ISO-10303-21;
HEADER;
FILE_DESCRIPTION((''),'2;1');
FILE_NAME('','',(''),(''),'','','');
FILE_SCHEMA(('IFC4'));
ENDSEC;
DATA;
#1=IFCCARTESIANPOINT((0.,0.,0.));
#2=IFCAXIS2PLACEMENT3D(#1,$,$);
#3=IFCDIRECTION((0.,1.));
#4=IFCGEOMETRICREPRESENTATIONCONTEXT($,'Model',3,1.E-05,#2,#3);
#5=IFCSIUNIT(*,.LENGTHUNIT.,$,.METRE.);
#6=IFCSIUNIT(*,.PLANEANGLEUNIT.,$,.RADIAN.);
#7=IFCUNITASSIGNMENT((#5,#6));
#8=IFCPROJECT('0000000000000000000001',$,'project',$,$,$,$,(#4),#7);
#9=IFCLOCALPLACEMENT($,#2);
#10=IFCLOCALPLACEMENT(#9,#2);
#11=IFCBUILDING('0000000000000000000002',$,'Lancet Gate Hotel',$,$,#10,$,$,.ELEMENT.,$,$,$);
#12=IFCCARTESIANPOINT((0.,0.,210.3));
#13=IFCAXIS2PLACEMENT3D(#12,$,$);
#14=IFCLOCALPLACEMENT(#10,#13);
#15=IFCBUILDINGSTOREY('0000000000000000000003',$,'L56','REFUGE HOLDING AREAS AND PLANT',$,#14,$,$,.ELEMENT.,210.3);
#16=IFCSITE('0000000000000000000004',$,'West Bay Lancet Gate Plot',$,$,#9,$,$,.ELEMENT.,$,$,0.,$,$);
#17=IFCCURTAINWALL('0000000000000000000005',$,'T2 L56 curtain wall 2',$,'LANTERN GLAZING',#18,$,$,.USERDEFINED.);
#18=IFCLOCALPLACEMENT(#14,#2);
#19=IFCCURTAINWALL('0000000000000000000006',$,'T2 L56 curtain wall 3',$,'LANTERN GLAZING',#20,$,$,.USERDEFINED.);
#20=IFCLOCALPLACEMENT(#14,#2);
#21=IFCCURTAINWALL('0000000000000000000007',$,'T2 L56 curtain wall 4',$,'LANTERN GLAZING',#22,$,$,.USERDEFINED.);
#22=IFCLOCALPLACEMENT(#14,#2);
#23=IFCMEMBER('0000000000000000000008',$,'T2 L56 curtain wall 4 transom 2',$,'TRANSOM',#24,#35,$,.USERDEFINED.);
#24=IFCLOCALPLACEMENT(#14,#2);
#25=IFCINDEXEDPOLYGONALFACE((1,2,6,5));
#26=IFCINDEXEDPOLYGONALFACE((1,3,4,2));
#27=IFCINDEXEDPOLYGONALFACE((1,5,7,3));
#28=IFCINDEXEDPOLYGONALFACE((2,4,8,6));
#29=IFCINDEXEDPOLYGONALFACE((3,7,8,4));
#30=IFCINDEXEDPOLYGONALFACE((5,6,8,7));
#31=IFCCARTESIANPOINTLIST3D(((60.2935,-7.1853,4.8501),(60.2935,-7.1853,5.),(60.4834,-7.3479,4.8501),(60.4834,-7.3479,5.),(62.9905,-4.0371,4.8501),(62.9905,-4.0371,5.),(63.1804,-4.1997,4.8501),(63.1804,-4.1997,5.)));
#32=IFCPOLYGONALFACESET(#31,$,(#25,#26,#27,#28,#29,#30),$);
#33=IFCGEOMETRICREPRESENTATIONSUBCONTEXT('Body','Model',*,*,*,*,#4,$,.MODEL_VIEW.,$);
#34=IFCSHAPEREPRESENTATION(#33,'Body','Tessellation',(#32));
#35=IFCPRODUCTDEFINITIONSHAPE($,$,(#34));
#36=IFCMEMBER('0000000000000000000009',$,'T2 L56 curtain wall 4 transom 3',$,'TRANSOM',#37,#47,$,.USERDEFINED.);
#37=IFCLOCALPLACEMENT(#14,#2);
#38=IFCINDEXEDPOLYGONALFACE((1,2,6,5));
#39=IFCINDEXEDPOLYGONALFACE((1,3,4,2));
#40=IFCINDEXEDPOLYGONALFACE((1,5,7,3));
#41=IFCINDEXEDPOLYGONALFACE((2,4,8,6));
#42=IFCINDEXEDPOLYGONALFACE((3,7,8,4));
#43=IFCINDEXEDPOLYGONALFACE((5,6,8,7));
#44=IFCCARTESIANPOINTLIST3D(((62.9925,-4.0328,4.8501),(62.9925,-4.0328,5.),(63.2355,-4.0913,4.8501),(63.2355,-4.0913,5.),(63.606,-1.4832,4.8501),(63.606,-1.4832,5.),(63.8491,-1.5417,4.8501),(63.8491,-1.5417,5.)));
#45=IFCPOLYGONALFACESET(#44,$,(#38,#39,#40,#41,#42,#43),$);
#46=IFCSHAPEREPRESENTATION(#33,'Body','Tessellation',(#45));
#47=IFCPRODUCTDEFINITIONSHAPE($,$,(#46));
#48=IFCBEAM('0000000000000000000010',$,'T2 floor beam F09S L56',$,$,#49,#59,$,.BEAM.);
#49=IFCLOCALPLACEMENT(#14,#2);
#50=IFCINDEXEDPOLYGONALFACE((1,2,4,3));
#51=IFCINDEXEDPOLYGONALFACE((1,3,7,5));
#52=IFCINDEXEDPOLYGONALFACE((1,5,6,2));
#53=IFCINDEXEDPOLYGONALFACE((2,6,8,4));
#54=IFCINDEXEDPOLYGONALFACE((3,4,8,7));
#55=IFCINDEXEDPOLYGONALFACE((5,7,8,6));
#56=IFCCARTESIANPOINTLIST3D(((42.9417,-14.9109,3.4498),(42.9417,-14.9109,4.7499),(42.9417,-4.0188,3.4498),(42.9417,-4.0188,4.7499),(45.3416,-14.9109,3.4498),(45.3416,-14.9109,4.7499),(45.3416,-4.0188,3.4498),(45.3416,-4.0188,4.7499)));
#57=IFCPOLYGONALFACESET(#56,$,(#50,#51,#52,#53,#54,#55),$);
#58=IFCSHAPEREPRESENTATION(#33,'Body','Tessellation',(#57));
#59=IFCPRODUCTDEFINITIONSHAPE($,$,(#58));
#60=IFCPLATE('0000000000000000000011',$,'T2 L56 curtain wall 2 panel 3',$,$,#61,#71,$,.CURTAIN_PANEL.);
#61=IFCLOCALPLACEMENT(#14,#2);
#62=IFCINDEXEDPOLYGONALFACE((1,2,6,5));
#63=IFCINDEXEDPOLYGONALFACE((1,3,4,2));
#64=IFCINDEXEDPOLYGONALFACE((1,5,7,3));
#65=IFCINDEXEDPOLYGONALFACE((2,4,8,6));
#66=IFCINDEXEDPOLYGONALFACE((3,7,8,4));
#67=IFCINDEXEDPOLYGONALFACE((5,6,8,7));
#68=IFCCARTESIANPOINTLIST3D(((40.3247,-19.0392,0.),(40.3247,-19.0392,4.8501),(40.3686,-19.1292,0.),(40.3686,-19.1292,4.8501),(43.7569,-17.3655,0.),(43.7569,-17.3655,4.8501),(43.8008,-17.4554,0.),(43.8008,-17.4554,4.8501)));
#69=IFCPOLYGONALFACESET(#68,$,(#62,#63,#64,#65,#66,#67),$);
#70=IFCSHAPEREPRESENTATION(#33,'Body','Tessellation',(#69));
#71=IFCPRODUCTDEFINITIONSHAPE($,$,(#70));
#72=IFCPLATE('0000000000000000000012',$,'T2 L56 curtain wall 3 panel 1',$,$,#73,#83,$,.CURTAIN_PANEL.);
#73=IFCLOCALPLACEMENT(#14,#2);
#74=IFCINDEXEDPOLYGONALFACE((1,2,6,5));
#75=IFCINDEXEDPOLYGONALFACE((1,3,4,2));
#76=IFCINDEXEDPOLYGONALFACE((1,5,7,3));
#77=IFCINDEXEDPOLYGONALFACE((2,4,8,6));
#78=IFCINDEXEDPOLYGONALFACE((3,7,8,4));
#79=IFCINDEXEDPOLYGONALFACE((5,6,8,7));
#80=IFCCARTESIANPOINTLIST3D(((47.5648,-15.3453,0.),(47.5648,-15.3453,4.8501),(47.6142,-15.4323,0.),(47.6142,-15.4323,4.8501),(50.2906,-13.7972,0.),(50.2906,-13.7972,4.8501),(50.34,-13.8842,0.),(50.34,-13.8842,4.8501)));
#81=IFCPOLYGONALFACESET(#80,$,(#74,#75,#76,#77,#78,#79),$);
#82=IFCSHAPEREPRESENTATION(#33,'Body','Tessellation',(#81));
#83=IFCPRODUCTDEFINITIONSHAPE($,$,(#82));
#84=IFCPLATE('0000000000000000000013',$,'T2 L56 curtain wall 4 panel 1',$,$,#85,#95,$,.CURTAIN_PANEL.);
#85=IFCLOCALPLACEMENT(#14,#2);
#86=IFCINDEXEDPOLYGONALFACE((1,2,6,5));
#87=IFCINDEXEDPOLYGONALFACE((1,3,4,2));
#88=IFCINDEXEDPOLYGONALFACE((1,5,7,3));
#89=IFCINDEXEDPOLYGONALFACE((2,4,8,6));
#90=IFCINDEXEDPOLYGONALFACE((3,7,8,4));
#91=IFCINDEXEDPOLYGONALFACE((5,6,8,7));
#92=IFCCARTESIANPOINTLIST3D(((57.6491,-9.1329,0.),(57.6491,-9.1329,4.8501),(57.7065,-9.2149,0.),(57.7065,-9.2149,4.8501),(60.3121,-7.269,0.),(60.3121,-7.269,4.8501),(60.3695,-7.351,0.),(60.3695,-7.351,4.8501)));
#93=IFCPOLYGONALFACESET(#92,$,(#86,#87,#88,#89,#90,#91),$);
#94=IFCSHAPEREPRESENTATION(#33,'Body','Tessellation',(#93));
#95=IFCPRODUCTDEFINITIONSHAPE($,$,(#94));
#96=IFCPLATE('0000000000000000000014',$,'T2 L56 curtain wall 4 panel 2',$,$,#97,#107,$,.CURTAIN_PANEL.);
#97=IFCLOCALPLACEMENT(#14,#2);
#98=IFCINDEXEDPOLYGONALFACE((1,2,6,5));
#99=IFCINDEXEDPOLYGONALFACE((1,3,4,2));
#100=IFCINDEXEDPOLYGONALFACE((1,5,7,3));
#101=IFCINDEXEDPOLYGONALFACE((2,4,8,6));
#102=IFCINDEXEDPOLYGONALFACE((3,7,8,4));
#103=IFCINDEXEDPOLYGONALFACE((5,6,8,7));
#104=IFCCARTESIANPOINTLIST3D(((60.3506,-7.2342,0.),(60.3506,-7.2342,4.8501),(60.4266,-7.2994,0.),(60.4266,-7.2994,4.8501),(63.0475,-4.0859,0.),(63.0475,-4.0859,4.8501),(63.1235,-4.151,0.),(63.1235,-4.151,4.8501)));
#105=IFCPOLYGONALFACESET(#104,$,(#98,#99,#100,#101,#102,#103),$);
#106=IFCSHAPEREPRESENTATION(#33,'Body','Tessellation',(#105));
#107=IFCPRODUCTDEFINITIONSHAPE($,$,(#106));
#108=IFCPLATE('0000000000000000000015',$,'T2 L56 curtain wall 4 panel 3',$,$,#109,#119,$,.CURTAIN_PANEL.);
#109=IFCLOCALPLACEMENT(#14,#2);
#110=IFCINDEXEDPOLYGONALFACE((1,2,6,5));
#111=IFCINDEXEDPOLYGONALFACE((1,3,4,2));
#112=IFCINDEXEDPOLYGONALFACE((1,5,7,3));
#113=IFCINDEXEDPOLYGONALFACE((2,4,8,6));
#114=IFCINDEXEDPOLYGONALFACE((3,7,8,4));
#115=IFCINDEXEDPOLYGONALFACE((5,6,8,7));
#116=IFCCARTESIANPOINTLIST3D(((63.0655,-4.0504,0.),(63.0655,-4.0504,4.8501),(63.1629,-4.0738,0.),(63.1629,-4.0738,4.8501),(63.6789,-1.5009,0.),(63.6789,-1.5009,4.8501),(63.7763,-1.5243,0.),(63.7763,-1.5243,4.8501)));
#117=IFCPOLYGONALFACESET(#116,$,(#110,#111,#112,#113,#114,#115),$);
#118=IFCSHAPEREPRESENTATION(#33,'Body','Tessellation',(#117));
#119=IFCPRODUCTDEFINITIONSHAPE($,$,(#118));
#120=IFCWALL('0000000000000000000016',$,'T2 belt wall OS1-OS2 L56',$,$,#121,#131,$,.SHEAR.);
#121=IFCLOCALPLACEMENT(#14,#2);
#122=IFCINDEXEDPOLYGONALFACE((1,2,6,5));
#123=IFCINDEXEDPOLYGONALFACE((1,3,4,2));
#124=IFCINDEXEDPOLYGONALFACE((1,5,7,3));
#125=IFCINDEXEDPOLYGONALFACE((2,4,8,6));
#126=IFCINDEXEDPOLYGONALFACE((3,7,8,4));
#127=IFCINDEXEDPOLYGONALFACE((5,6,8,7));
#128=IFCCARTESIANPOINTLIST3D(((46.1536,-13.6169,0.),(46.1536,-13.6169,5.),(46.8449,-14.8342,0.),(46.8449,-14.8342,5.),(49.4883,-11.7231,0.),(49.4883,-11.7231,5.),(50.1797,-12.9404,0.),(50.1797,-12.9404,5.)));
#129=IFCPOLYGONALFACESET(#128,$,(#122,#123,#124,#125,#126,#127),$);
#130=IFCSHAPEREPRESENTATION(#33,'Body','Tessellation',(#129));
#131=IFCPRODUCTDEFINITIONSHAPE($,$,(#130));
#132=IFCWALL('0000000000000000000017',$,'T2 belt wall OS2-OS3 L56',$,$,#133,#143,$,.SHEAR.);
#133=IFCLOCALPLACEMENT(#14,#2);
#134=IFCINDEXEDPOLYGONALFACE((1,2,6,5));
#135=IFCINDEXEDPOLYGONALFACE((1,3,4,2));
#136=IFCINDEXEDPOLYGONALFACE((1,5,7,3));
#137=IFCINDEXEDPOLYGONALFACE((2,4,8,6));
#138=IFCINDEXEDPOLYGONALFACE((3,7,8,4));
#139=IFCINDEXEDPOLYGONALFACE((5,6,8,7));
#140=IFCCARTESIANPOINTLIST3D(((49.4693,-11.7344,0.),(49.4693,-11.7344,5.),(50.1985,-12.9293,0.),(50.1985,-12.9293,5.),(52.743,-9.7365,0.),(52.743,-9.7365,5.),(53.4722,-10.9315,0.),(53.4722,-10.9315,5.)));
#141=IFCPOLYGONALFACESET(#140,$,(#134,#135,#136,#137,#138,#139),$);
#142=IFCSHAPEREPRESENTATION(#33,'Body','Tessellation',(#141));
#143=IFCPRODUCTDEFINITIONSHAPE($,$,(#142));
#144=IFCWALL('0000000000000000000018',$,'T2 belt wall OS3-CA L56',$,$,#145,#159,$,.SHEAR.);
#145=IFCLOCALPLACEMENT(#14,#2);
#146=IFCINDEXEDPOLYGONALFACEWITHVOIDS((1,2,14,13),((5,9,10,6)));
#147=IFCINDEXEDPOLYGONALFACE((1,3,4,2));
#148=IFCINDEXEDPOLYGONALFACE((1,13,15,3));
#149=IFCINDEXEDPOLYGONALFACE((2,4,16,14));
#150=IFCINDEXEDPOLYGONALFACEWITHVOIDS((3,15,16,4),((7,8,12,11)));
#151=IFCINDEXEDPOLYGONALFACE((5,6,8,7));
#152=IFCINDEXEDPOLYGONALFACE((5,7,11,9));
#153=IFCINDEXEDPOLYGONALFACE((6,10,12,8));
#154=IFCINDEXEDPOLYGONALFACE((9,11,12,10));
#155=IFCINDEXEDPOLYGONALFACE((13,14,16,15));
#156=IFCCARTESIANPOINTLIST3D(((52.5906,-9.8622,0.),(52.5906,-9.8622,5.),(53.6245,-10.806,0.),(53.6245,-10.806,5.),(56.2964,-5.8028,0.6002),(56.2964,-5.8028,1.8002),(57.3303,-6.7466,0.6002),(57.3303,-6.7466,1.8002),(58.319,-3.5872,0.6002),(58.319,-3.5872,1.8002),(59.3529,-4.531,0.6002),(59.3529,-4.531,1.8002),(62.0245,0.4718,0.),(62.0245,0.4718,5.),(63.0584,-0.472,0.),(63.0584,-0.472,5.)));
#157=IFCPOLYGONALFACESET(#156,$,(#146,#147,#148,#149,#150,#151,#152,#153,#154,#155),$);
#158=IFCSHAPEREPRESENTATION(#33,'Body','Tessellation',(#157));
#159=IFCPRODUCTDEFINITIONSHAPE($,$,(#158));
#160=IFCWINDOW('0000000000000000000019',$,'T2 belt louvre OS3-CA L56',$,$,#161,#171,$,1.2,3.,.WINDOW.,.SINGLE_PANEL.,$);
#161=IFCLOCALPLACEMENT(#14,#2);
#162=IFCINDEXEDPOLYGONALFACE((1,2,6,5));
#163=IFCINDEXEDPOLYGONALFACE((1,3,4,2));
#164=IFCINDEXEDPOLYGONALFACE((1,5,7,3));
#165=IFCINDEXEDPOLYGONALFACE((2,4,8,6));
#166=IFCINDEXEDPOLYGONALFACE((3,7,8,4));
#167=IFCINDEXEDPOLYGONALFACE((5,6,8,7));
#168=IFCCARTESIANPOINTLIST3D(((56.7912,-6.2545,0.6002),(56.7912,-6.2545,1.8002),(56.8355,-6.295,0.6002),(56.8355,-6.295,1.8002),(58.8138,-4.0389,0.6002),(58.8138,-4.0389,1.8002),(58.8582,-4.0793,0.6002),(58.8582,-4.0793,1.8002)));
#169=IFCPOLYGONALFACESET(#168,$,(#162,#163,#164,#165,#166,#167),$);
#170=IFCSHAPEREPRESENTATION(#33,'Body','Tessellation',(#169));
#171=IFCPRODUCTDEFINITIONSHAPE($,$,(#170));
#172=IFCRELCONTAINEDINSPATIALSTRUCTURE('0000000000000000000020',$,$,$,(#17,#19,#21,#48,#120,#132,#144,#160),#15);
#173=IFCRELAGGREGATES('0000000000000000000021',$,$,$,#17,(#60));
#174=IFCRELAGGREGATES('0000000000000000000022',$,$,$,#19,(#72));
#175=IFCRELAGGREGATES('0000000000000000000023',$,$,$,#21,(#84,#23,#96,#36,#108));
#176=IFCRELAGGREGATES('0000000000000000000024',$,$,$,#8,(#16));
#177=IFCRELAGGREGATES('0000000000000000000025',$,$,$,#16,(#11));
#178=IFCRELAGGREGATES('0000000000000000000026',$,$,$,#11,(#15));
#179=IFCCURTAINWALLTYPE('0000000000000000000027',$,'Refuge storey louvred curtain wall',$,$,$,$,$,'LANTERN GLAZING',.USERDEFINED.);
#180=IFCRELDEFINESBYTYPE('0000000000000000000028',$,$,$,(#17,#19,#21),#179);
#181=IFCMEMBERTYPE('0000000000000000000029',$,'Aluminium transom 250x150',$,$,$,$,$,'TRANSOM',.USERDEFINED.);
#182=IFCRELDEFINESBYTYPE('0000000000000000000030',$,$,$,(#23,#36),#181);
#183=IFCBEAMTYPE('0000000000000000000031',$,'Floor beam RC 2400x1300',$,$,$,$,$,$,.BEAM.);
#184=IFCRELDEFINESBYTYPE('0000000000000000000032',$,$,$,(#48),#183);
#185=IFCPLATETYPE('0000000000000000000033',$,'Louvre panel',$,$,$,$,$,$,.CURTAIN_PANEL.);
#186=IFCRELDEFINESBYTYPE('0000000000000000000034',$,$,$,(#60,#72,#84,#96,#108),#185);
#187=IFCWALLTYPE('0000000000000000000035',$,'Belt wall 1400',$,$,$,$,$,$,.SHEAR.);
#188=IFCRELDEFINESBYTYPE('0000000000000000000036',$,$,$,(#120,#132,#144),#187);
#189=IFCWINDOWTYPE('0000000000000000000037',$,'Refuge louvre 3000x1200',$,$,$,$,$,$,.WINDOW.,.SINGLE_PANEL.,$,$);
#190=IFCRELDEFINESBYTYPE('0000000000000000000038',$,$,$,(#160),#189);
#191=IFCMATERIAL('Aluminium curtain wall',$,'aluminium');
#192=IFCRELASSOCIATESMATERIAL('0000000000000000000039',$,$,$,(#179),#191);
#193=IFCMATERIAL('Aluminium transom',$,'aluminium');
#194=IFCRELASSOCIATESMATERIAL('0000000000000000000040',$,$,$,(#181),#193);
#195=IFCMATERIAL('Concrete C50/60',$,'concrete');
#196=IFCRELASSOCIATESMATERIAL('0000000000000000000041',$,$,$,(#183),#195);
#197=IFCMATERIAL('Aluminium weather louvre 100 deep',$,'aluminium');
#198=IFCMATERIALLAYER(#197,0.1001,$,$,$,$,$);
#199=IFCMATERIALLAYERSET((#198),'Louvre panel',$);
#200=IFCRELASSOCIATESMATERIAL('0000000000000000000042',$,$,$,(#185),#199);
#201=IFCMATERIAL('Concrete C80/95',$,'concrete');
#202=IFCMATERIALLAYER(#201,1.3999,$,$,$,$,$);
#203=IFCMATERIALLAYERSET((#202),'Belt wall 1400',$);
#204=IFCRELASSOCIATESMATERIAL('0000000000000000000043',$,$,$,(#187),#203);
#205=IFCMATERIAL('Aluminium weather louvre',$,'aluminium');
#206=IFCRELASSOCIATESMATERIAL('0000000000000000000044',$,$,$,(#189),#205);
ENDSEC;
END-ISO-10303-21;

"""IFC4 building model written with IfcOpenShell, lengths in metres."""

from ifc_helpers import new_model, si_unit, direction, frame, frame_2d, origin, origin_2d, place, context, subcontext, project, spatial, rectangle, extrude, material, layer, layer_set, material_profile, profile_set, type_object, element, fill, aggregate, save


model = new_model("IFC4")

# Units and contexts
model_context = context("Model", 3, precision=1e-05, world=origin(), true_north=direction((0.0, 1.0)))
body_context = subcontext(model_context, "Body", "Model", "MODEL_VIEW")
ifc_project = project(units=[si_unit("LENGTHUNIT", "METRE"), si_unit("PLANEANGLEUNIT", "RADIAN")], contexts=[model_context])

# Site, building, storey
site_placement = place(None, origin())
site = spatial("IfcSite", under=ifc_project, at=site_placement, Name="West Bay Lancet Gate Plot", CompositionType="ELEMENT", RefElevation=0.0)
building_placement = place(site_placement, origin())
building = spatial("IfcBuilding", under=site, at=building_placement, Name="Lancet Gate Hotel", CompositionType="ELEMENT")
storey_placement = place(building_placement, frame((0.0, 0.0, 210.3)))
storey = spatial("IfcBuildingStorey", under=building, at=storey_placement, Name="L56", Description="REFUGE HOLDING AREAS AND PLANT", CompositionType="ELEMENT", Elevation=210.3)

# Curtain wall
ifc_material_1 = material(Name="Aluminium curtain wall", Category="aluminium")
curtain_wall_type = type_object("IfcCurtainWallType", Name="Refuge storey louvred curtain wall", ElementType="LANTERN GLAZING", PredefinedType="USERDEFINED", material=ifc_material_1)
curtain_wall_1_placement = place(storey_placement, origin())
curtain_wall_1 = element("IfcCurtainWall", 1, at=curtain_wall_1_placement, inside=storey, type_object=curtain_wall_type, Name="T2 L56 curtain wall 2", ObjectType="LANTERN GLAZING", PredefinedType="USERDEFINED")

# Curtain walls
curtain_wall_2_placement = place(storey_placement, origin())
curtain_wall_2 = element("IfcCurtainWall", 2, at=curtain_wall_2_placement, inside=storey, type_object=curtain_wall_type, Name="T2 L56 curtain wall 3", ObjectType="LANTERN GLAZING", PredefinedType="USERDEFINED")
curtain_wall_3_placement = place(storey_placement, origin())
curtain_wall_3 = element("IfcCurtainWall", 3, at=curtain_wall_3_placement, inside=storey, type_object=curtain_wall_type, Name="T2 L56 curtain wall 4", ObjectType="LANTERN GLAZING", PredefinedType="USERDEFINED")

# Members
ifc_material_2 = material(Name="Aluminium transom", Category="aluminium")
ifc_material_profile_1 = material_profile(ifc_material_2, rectangle(XDim=0.25, YDim=0.1499, at=origin_2d()), Name="TRANSOM 250x150")
ifc_profile_set_1 = profile_set([ifc_material_profile_1], Name="Aluminium transom")
member_type_1 = type_object("IfcMemberType", Name="Aluminium transom 250x150", ElementType="TRANSOM", PredefinedType="USERDEFINED", material=ifc_profile_set_1)
member_1_placement = place(storey_placement, frame((60.3884, -7.2666, 4.925), z_axis=(0.650593, 0.759427, 0.0), x_axis=(-0.759427, 0.650593, 0.0)))
member_1 = element("IfcMember", 4, at=member_1_placement, type_object=member_type_1, Name="T2 L56 curtain wall 4 transom 2", ObjectType="TRANSOM", PredefinedType="USERDEFINED", context=body_context, shape_type="SweptSolid", body=[
    extrude(rectangle(XDim=0.25, YDim=0.1499, at=origin_2d()), origin(), (0.0, 0.0, 1.0), 4.1455),
])
member_2_placement = place(storey_placement, frame((63.114, -4.062, 4.925), z_axis=(0.233961, 0.972246, 0.0), x_axis=(-0.972246, 0.233961, 0.0)))
member_2 = element("IfcMember", 5, at=member_2_placement, type_object=member_type_1, Name="T2 L56 curtain wall 4 transom 3", ObjectType="TRANSOM", PredefinedType="USERDEFINED", context=body_context, shape_type="SweptSolid", body=[
    extrude(rectangle(XDim=0.25, YDim=0.1499, at=origin_2d()), origin(), (0.0, 0.0, 1.0), 2.6223),
])

# Beam
ifc_material_3 = material(Name="Concrete C50/60", Category="concrete")
ifc_material_profile_2 = material_profile(ifc_material_3, rectangle(XDim=2.3999, YDim=1.3, at=origin_2d()), Name="RC 2400x1300")
ifc_profile_set_2 = profile_set([ifc_material_profile_2], Name="Concrete C50/60")
beam_type = type_object("IfcBeamType", Name="Floor beam RC 2400x1300", PredefinedType="BEAM", material=ifc_profile_set_2)
beam_placement = place(storey_placement, frame((44.1416, -14.9109, 4.0999), z_axis=(0.0, 1.0, 0.0), x_axis=(-1.0, 0.0, 0.0)))
element("IfcBeam", 6, at=beam_placement, inside=storey, type_object=beam_type, Name="T2 floor beam F09S L56", PredefinedType="BEAM", context=body_context, shape_type="SweptSolid", body=[
    extrude(rectangle(XDim=2.3999, YDim=1.3, at=origin_2d()), origin(), (0.0, 0.0, 1.0), 10.8921),
])

# Plates
ifc_material_4 = material(Name="Aluminium weather louvre 100 deep", Category="aluminium")
ifc_layer_1 = layer(ifc_material_4, 0.1001)
ifc_layer_set_1 = layer_set([ifc_layer_1], Name="Louvre panel")
plate_type = type_object("IfcPlateType", Name="Louvre panel", PredefinedType="CURTAIN_PANEL", material=ifc_layer_set_1)
plate_1_placement = place(storey_placement, frame((42.0627, -18.2473, 0.0), z_axis=(0.0, 0.0, 1.0), x_axis=(0.898823, 0.438311, 0.0)))
plate_1 = element("IfcPlate", 7, at=plate_1_placement, type_object=plate_type, Name="T2 L56 curtain wall 2 panel 3", PredefinedType="CURTAIN_PANEL", context=body_context, shape_type="SweptSolid", body=[
    extrude(rectangle(XDim=3.8186, YDim=0.1001, at=origin_2d()), origin(), (0.0, 0.0, 1.0), 4.8501),
])
aggregate(curtain_wall_1, [plate_1])
plate_2_placement = place(storey_placement, frame((48.9524, -14.6147, 0.0), z_axis=(0.0, 0.0, 1.0), x_axis=(0.86955, 0.493844, 0.0)))
plate_2 = element("IfcPlate", 8, at=plate_2_placement, type_object=plate_type, Name="T2 L56 curtain wall 3 panel 1", PredefinedType="CURTAIN_PANEL", context=body_context, shape_type="SweptSolid", body=[
    extrude(rectangle(XDim=3.1348, YDim=0.1001, at=origin_2d()), origin(), (0.0, 0.0, 1.0), 4.8501),
])
aggregate(curtain_wall_2, [plate_2])
plate_3_placement = place(storey_placement, frame((59.0093, -8.2419, 0.0), z_axis=(0.0, 0.0, 1.0), x_axis=(0.819255, 0.573429, 0.0)))
plate_3 = element("IfcPlate", 9, at=plate_3_placement, type_object=plate_type, Name="T2 L56 curtain wall 4 panel 1", PredefinedType="CURTAIN_PANEL", context=body_context, shape_type="SweptSolid", body=[
    extrude(rectangle(XDim=3.2505, YDim=0.1001, at=origin_2d()), origin(), (0.0, 0.0, 1.0), 4.8501),
])
plate_4_placement = place(storey_placement, frame((61.7371, -5.6926, 0.0), z_axis=(0.0, 0.0, 1.0), x_axis=(0.650552, 0.759462, 0.0)))
plate_4 = element("IfcPlate", 10, at=plate_4_placement, type_object=plate_type, Name="T2 L56 curtain wall 4 panel 2", PredefinedType="CURTAIN_PANEL", context=body_context, shape_type="SweptSolid", body=[
    extrude(rectangle(XDim=4.1455, YDim=0.1001, at=origin_2d()), origin(), (0.0, 0.0, 1.0), 4.8501),
])
plate_5_placement = place(storey_placement, frame((63.4209, -2.7874, 0.0), z_axis=(0.0, 0.0, 1.0), x_axis=(0.233916, 0.972257, 0.0)))
plate_5 = element("IfcPlate", 11, at=plate_5_placement, type_object=plate_type, Name="T2 L56 curtain wall 4 panel 3", PredefinedType="CURTAIN_PANEL", context=body_context, shape_type="SweptSolid", body=[
    extrude(rectangle(XDim=2.6223, YDim=0.1001, at=origin_2d()), origin(), (0.0, 0.0, 1.0), 4.8501),
])
aggregate(curtain_wall_3, [plate_3, member_1, plate_4, member_2, plate_5])

# Walls
ifc_material_5 = material(Name="Concrete C80/95", Category="concrete")
ifc_layer_2 = layer(ifc_material_5, 1.3999)
ifc_layer_set_2 = layer_set([ifc_layer_2], Name="Belt wall 1400")
wall_type_1 = type_object("IfcWallType", Name="Belt wall 1400", PredefinedType="SHEAR", material=ifc_layer_set_2)
wall_1_placement = place(storey_placement, frame((46.4993, -14.2256, 0.0), z_axis=(0.0, 0.0, 1.0), x_axis=(0.86956, 0.493827, 0.0)))
element("IfcWall", 12, at=wall_1_placement, inside=storey, type_object=wall_type_1, Name="T2 belt wall OS1-OS2 L56", PredefinedType="SHEAR", context=body_context, shape_type="SweptSolid", body=[
    extrude(rectangle(XDim=3.835, YDim=1.3999, at=frame_2d((1.9175, 0.0))), origin(), (0.0, 0.0, 1.0), 5.0),
])
wall_2_placement = place(storey_placement, frame((49.834, -12.3318, 0.0), z_axis=(0.0, 0.0, 1.0), x_axis=(0.853604, 0.520922, 0.0)))
element("IfcWall", 13, at=wall_2_placement, inside=storey, type_object=wall_type_1, Name="T2 belt wall OS2-OS3 L56", PredefinedType="SHEAR", context=body_context, shape_type="SweptSolid", body=[
    extrude(rectangle(XDim=3.8352, YDim=1.3999, at=frame_2d((1.9175, 0.0))), origin(), (0.0, 0.0, 1.0), 5.0),
])

# Wall, opening, window
wall_3_placement = place(storey_placement, frame((53.1077, -10.334, 0.0), z_axis=(0.0, 0.0, 1.0), x_axis=(0.674209, 0.73854, 0.0)))
wall_3 = element("IfcWall", 14, at=wall_3_placement, inside=storey, type_object=wall_type_1, Name="T2 belt wall OS3-CA L56", PredefinedType="SHEAR", context=body_context, shape_type="SweptSolid", body=[
    extrude(rectangle(XDim=13.9924, YDim=1.3999, at=frame_2d((6.9961, 0.0))), origin(), (0.0, 0.0, 1.0), 5.0),
])
opening_1_placement = place(wall_3_placement, frame((5.4963, 0.0, 0.6001)))
opening_1 = element("IfcOpeningElement", 15, at=opening_1_placement, cuts=wall_3, PredefinedType="OPENING", context=body_context, shape_type="SweptSolid", body=[
    extrude(rectangle(XDim=3.0, YDim=1.2, at=frame_2d((1.5, 0.6001))), frame((0.0, 0.71, 0.0), z_axis=(0.0, -1.0, 0.0), x_axis=(1.0, 0.0, 0.0)), (0.0, 0.0, 1.0), 1.4199),
])
ifc_material_6 = material(Name="Aluminium weather louvre", Category="aluminium")
window_type = type_object("IfcWindowType", Name="Refuge louvre 3000x1200", PartitioningType="SINGLE_PANEL", PredefinedType="WINDOW", material=ifc_material_6)
window_placement = place(opening_1_placement, origin())
window = element("IfcWindow", 16, at=window_placement, inside=storey, type_object=window_type, Name="T2 belt louvre OS3-CA L56", OverallHeight=1.2, OverallWidth=3.0, PartitioningType="SINGLE_PANEL", PredefinedType="WINDOW", context=body_context, shape_type="SweptSolid", body=[
    extrude(rectangle(XDim=3.0, YDim=1.2, at=frame_2d((1.5, 0.6001))), frame((0.0, 0.03, 0.0), z_axis=(0.0, -1.0, 0.0), x_axis=(1.0, 0.0, 0.0)), (0.0, 0.0, 1.0), 0.0601),
])
fill(opening_1, window)

save(model, "model.ifc")
